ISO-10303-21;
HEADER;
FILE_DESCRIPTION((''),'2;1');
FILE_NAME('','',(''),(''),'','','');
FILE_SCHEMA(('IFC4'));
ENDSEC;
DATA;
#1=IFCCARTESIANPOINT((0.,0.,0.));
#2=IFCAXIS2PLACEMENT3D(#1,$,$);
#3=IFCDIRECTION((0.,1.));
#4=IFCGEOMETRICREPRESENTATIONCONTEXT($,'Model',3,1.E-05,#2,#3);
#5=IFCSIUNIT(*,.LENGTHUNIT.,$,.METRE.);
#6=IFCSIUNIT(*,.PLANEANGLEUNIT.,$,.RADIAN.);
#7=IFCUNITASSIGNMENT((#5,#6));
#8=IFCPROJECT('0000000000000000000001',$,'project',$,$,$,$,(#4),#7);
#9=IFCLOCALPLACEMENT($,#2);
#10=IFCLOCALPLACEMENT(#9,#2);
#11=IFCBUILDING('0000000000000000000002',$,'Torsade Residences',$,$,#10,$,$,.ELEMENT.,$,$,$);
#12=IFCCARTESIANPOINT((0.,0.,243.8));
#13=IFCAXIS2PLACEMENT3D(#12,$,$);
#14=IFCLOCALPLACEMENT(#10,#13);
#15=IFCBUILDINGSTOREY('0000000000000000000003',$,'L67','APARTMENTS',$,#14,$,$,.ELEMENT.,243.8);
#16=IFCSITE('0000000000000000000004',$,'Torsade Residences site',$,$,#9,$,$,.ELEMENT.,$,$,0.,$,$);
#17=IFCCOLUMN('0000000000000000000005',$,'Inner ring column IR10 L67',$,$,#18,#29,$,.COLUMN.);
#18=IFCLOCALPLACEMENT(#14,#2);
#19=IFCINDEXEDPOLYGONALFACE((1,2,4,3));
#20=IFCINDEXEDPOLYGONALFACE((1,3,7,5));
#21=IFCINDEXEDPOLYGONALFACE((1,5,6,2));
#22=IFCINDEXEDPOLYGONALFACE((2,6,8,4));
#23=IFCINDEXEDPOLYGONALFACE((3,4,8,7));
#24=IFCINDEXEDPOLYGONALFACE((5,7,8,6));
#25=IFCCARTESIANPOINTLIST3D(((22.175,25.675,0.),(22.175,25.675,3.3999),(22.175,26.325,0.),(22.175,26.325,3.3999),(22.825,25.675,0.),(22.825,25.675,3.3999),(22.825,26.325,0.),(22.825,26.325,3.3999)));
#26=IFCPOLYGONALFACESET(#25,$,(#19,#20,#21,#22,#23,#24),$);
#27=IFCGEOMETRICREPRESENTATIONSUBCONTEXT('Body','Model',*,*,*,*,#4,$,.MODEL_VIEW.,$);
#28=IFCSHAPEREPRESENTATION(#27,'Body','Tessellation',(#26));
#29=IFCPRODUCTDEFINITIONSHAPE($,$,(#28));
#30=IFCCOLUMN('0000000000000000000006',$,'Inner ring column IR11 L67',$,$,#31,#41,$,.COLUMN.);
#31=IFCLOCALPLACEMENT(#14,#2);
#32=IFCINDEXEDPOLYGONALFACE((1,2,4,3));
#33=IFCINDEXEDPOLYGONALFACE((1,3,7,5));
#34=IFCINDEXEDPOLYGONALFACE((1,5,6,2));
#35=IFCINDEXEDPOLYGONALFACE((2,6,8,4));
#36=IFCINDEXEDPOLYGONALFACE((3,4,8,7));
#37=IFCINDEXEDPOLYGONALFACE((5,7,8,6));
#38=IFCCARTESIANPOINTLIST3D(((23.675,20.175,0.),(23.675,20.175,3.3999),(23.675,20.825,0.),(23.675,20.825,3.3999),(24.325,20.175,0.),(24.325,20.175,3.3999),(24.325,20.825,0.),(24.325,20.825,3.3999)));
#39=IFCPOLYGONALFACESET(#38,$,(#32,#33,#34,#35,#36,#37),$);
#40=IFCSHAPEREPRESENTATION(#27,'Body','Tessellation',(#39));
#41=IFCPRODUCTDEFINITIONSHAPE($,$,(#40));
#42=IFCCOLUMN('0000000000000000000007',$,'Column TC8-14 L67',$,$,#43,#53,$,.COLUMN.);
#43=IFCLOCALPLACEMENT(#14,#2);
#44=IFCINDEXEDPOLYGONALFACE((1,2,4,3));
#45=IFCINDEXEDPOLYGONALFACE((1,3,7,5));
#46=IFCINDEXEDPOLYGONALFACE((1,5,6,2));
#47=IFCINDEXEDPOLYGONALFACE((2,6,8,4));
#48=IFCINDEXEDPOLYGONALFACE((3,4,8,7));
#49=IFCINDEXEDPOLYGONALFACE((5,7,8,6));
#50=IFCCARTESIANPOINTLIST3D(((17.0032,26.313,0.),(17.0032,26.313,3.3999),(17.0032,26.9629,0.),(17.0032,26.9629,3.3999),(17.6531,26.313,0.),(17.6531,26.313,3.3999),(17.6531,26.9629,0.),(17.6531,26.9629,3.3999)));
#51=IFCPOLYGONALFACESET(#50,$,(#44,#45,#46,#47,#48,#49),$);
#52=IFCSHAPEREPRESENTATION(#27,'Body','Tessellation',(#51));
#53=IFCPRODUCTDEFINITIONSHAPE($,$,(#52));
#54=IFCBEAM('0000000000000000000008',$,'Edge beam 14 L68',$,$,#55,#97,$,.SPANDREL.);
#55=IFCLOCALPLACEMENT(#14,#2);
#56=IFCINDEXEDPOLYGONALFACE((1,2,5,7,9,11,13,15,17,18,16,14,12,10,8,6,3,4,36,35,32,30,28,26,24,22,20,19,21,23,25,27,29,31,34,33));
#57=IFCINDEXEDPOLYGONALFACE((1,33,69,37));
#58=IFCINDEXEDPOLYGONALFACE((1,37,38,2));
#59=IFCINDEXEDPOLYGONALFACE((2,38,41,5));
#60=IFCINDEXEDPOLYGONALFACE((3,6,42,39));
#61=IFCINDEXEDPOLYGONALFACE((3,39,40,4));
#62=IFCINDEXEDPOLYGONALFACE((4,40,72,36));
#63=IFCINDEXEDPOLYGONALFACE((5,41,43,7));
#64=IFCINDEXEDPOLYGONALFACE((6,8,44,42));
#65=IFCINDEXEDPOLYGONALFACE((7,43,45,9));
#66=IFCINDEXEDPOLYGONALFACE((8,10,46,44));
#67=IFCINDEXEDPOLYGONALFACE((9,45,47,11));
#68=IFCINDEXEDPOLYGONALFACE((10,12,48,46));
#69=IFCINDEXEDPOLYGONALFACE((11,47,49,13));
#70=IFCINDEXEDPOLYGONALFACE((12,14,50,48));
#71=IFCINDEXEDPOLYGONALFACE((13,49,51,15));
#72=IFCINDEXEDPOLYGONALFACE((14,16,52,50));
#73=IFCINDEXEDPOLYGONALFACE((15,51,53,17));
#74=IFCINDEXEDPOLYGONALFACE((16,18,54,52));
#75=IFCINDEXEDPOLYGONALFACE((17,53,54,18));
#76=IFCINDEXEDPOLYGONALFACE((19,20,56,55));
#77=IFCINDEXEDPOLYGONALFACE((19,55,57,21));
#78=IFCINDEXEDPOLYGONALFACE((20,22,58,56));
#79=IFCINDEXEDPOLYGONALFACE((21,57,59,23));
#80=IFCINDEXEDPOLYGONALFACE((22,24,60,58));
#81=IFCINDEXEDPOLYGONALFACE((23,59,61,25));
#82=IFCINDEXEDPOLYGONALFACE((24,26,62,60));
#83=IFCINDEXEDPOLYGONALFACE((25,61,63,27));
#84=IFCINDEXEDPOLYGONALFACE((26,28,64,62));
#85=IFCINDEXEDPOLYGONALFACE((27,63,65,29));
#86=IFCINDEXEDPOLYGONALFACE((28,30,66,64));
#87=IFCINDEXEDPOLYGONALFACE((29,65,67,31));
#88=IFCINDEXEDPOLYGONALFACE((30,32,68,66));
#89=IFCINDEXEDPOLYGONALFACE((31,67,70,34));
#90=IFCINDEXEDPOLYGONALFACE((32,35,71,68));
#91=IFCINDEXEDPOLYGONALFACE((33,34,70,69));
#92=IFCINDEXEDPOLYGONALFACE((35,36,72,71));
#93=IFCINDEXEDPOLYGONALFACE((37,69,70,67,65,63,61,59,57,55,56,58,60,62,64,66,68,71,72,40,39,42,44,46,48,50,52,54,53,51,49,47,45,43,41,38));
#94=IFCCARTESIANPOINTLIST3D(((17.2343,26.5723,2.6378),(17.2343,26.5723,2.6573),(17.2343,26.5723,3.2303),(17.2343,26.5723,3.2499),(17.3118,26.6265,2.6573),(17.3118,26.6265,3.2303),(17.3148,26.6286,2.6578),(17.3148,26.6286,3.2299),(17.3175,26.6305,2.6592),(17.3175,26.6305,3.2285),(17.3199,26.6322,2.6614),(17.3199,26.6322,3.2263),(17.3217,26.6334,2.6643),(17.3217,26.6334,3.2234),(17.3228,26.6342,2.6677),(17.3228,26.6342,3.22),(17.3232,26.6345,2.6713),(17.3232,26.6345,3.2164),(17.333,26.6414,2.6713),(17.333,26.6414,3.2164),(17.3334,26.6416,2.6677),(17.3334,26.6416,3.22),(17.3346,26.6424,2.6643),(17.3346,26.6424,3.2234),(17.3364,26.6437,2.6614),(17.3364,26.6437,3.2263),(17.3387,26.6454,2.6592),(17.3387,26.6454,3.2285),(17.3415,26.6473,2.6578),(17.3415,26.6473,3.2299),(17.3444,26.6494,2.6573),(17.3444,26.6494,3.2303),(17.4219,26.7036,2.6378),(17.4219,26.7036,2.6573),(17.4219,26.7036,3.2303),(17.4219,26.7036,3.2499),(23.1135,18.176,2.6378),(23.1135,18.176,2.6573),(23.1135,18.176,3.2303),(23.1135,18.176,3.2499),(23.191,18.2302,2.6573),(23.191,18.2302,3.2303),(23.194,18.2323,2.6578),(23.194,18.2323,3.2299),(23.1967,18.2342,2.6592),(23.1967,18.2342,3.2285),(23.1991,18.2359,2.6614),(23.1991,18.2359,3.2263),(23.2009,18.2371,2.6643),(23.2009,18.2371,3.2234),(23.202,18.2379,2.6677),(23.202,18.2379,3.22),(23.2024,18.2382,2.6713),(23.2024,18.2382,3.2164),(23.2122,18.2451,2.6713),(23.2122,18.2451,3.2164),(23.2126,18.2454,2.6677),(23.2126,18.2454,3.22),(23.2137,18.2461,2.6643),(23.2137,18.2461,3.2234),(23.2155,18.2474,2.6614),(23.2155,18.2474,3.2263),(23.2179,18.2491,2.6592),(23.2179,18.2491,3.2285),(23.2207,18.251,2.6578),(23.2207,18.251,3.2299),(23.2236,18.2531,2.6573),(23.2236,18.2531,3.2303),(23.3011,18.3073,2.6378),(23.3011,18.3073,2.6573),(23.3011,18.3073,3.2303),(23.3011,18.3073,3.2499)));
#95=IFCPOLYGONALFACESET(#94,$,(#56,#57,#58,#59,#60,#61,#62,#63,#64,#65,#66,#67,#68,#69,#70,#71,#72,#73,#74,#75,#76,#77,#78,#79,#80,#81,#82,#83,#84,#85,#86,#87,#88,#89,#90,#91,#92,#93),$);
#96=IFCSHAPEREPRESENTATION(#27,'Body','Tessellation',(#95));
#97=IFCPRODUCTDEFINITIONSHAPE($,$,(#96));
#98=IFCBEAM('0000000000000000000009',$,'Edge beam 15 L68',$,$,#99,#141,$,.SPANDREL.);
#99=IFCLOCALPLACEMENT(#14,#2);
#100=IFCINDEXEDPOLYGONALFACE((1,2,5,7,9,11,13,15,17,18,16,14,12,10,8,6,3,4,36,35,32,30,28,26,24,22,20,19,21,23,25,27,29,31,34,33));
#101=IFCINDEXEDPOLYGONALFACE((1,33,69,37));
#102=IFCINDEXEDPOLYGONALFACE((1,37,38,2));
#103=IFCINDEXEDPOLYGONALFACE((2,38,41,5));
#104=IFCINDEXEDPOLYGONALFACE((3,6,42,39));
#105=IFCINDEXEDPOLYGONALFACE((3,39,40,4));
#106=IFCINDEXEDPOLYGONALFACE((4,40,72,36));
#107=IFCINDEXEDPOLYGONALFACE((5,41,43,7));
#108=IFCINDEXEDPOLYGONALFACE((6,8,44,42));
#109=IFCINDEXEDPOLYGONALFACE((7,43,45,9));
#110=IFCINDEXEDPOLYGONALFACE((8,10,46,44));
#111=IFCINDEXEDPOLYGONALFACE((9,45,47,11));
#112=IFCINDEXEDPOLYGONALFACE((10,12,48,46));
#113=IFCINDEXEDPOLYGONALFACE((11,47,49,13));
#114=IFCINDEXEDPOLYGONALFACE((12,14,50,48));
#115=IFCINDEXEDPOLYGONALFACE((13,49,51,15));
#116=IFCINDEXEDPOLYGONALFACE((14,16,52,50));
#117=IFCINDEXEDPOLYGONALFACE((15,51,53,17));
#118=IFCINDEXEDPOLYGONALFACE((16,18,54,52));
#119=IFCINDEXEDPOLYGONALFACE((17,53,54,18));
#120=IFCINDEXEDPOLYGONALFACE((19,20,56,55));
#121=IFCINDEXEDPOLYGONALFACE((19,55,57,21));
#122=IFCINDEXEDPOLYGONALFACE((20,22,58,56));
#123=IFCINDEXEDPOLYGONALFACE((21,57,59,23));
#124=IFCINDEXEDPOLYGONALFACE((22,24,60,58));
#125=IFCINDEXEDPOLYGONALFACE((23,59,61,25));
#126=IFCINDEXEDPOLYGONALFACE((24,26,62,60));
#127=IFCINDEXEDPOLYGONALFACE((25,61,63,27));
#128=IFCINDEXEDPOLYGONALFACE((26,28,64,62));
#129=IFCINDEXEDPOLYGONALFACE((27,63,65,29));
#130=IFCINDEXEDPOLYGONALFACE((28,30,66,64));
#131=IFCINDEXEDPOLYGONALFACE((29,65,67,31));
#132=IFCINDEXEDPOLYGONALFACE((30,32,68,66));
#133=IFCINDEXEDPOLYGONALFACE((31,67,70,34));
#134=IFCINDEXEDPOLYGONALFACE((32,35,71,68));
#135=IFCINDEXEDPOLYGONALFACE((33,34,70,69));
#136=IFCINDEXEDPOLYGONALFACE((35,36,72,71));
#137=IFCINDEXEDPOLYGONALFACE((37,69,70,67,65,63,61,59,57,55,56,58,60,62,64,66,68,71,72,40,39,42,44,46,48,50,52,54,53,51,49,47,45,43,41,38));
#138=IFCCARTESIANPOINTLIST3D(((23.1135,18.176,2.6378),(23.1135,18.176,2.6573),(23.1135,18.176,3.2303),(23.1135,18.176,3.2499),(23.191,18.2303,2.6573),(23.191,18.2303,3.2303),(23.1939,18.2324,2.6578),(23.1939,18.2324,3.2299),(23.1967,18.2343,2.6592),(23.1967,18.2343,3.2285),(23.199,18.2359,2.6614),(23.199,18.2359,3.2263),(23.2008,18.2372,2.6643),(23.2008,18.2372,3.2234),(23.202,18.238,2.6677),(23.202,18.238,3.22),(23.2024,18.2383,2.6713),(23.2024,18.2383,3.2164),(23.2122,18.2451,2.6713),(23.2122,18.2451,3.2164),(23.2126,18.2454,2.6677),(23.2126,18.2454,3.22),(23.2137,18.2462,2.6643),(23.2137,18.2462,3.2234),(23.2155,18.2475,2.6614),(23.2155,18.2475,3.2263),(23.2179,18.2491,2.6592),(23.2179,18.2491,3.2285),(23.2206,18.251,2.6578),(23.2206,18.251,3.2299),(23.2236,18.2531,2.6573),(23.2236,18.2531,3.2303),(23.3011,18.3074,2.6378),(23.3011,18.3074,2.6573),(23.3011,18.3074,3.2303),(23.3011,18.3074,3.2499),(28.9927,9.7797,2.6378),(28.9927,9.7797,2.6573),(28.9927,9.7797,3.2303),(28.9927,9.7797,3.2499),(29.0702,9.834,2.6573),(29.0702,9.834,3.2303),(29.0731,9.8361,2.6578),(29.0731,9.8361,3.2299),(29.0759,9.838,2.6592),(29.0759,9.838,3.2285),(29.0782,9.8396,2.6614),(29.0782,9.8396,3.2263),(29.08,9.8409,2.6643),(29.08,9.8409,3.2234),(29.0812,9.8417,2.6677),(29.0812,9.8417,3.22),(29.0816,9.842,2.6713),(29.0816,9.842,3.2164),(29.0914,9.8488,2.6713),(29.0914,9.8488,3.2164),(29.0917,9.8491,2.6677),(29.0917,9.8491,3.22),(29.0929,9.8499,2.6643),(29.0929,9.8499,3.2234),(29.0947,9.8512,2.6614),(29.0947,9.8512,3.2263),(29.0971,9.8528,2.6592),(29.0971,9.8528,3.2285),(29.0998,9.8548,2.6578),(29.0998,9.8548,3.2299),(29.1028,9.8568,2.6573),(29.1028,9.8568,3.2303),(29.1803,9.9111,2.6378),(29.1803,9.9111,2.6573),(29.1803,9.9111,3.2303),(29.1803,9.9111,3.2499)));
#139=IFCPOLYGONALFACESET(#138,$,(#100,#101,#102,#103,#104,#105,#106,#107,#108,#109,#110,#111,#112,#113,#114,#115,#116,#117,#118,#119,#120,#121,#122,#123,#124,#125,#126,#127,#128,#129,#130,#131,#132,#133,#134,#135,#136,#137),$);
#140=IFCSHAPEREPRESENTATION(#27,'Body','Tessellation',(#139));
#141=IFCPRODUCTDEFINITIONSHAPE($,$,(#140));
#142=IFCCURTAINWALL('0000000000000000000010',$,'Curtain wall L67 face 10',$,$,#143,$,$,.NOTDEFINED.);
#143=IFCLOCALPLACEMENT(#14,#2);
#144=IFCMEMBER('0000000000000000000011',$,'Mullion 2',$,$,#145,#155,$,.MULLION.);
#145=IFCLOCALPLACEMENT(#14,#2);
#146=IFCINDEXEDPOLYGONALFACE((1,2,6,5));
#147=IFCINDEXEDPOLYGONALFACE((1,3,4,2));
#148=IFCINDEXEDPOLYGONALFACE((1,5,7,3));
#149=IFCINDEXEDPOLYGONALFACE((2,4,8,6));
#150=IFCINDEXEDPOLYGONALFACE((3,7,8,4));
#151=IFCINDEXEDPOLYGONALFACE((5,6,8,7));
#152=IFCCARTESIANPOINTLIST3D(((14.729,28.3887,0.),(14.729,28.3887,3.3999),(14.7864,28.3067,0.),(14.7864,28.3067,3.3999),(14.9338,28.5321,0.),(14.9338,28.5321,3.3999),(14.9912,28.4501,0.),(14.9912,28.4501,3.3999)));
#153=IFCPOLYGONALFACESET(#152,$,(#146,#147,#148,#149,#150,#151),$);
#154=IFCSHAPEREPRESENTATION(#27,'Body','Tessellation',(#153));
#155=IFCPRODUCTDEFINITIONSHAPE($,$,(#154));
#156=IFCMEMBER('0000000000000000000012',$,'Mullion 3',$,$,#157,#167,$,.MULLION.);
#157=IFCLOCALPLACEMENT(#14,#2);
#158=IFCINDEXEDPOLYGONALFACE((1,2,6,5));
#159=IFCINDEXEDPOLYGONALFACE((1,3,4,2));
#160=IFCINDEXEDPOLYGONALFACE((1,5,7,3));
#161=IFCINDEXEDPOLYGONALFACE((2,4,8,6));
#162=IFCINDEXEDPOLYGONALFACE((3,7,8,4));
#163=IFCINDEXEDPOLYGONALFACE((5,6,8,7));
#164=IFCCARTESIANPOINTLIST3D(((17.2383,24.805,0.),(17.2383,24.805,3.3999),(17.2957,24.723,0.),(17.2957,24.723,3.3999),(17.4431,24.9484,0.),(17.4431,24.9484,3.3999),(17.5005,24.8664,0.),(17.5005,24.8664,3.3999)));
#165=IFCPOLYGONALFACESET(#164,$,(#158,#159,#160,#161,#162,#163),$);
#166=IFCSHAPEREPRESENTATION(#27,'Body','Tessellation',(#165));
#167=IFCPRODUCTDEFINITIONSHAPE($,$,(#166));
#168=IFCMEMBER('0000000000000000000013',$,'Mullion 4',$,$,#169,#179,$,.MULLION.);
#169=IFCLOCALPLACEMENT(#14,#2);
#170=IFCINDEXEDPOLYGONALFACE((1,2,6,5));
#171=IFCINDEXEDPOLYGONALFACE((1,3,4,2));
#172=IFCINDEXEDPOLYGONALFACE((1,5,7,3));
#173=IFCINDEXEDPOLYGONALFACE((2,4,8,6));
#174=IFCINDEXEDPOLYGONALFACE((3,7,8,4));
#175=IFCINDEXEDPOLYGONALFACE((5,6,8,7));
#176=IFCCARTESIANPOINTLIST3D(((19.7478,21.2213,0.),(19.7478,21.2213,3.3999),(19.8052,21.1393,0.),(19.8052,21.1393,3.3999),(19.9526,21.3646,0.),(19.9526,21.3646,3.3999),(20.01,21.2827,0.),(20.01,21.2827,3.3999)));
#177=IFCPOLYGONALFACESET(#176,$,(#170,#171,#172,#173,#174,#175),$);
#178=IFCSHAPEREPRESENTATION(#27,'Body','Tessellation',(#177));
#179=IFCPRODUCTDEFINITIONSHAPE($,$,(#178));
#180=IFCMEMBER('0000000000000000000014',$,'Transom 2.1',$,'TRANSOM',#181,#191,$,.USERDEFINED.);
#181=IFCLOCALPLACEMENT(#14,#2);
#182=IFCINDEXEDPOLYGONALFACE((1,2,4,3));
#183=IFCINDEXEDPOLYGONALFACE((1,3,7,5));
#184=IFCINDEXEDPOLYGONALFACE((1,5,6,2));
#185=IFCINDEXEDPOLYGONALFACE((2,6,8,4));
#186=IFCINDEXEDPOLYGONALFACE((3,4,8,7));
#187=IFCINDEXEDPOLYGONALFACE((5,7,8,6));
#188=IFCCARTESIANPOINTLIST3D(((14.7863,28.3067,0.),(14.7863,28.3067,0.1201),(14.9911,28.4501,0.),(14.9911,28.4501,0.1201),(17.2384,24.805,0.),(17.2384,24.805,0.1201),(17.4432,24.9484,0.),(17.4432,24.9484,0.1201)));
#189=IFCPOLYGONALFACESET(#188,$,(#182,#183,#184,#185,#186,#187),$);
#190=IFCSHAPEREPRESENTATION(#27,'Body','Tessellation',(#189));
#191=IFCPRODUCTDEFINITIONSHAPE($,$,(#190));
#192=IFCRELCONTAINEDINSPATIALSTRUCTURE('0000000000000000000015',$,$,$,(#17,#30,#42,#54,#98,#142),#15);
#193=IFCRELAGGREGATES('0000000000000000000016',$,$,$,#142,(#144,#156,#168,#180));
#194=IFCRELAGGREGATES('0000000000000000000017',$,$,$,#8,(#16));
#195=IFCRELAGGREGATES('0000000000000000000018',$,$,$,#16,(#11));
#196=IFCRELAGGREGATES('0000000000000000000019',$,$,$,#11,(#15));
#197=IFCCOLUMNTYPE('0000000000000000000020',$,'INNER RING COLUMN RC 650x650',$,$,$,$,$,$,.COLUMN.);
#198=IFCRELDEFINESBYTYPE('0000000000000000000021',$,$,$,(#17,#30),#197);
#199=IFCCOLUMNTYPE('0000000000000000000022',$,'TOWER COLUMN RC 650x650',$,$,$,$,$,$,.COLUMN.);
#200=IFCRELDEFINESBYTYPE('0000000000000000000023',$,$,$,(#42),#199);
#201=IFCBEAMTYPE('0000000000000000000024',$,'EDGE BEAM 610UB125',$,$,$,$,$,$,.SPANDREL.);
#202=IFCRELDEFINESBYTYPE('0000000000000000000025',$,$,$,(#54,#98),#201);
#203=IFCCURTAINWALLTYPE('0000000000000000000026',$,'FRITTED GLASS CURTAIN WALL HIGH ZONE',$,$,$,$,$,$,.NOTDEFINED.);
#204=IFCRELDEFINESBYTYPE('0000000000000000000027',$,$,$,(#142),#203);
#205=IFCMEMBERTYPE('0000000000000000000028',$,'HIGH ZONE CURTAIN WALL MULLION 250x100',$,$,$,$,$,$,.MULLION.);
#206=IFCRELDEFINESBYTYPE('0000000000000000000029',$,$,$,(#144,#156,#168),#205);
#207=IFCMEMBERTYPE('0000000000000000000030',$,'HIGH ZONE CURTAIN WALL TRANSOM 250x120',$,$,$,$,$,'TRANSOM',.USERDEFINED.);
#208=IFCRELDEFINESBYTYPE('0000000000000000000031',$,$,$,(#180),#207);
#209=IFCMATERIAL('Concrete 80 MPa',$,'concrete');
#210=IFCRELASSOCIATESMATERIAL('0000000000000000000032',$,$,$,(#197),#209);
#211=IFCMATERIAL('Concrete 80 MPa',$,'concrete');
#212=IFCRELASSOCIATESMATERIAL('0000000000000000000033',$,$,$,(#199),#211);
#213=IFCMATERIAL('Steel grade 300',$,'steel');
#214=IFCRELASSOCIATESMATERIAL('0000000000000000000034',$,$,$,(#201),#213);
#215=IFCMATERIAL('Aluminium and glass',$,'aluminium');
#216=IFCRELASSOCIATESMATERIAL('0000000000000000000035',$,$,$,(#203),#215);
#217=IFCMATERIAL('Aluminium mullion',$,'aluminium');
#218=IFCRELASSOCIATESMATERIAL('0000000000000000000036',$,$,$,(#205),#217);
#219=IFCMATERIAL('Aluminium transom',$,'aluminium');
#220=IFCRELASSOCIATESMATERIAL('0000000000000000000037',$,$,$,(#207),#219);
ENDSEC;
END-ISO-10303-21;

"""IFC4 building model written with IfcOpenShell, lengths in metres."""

from ifc_helpers import new_model, si_unit, direction, frame, origin, origin_2d, place, context, subcontext, project, spatial, rectangle, i_section, extrude, material, material_profile, profile_set, type_object, element, aggregate, save


model = new_model("IFC4")

# Units and contexts
model_context = context("Model", 3, precision=1e-05, world=origin(), true_north=direction((0.0, 1.0)))
body_context = subcontext(model_context, "Body", "Model", "MODEL_VIEW")
ifc_project = project(units=[si_unit("LENGTHUNIT", "METRE"), si_unit("PLANEANGLEUNIT", "RADIAN")], contexts=[model_context])

# Site, building, storey
site_placement = place(None, origin())
site = spatial("IfcSite", under=ifc_project, at=site_placement, Name="Torsade Residences site", CompositionType="ELEMENT", RefElevation=0.0)
building_placement = place(site_placement, origin())
building = spatial("IfcBuilding", under=site, at=building_placement, Name="Torsade Residences", CompositionType="ELEMENT")
storey_placement = place(building_placement, frame((0.0, 0.0, 243.8)))
storey = spatial("IfcBuildingStorey", under=building, at=storey_placement, Name="L67", Description="APARTMENTS", CompositionType="ELEMENT", Elevation=243.8)

# Columns
ifc_material_1 = material(Name="Concrete 80 MPa", Category="concrete")
ifc_material_profile_1 = material_profile(ifc_material_1, rectangle(XDim=0.6499, YDim=0.6499, at=origin_2d()), Name="RC 650x650")
ifc_profile_set_1 = profile_set([ifc_material_profile_1], Name="Concrete 80 MPa")
column_type_1 = type_object("IfcColumnType", Name="INNER RING COLUMN RC 650x650", PredefinedType="COLUMN", material=ifc_profile_set_1)
for number, where, z_axis, x_axis, name in (
    (1, (22.5, 26.0, 0.0), (0.0, 0.0, 1.0), (1.0, 0.0, 0.0), "Inner ring column IR10 L67"),
    (2, (24.0, 20.5, 0.0), (0.0, 0.0, 1.0), (1.0, 0.0, 0.0), "Inner ring column IR11 L67"),
):
    element("IfcColumn", number, at=place(storey_placement, frame(where, z_axis=z_axis, x_axis=x_axis)), inside=storey, type_object=column_type_1, Name=name, PredefinedType="COLUMN", context=body_context, shape_type="SweptSolid", body=[
        extrude(rectangle(XDim=0.6499, YDim=0.6499, at=origin_2d()), origin(), (0.0, 0.0, 1.0), 3.3999),
    ])
ifc_material_2 = material(Name="Concrete 80 MPa", Category="concrete")
ifc_material_profile_2 = material_profile(ifc_material_2, rectangle(XDim=0.6499, YDim=0.6499, at=origin_2d()), Name="RC 650x650")
ifc_profile_set_2 = profile_set([ifc_material_profile_2], Name="Concrete 80 MPa")
column_type_2 = type_object("IfcColumnType", Name="TOWER COLUMN RC 650x650", PredefinedType="COLUMN", material=ifc_profile_set_2)
column_placement = place(storey_placement, frame((17.3281, 26.6379, 0.0), z_axis=(0.0, 0.0, 1.0), x_axis=(1.0, 0.0, 0.0)))
element("IfcColumn", 3, at=column_placement, inside=storey, type_object=column_type_2, Name="Column TC8-14 L67", PredefinedType="COLUMN", context=body_context, shape_type="SweptSolid", body=[
    extrude(rectangle(XDim=0.6499, YDim=0.6499, at=origin_2d()), origin(), (0.0, 0.0, 1.0), 3.3999),
])

# Beams
ifc_material_3 = material(Name="Steel grade 300", Category="steel")
ifc_material_profile_3 = material_profile(ifc_material_3, i_section(OverallWidth=0.229, OverallDepth=0.6121, WebThickness=0.012, FlangeThickness=0.0195, FilletRadius=0.0139, at=origin_2d()), Name="610UB125")
ifc_profile_set_3 = profile_set([ifc_material_profile_3], Name="Steel grade 300")
beam_type_1 = type_object("IfcBeamType", Name="EDGE BEAM 610UB125", PredefinedType="SPANDREL", material=ifc_profile_set_3)
for number, where, z_axis, x_axis, name in (
    (4, (17.3281, 26.6379, 2.9438), (0.573579, -0.81915, 0.0), (0.81915, 0.573579, 0.0), "Edge beam 14 L68"),
    (5, (23.2073, 18.2417, 2.9438), (0.573579, -0.81915, 0.0), (0.81915, 0.573579, 0.0), "Edge beam 15 L68"),
):
    element("IfcBeam", number, at=place(storey_placement, frame(where, z_axis=z_axis, x_axis=x_axis)), inside=storey, type_object=beam_type_1, Name=name, PredefinedType="SPANDREL", context=body_context, shape_type="SweptSolid", body=[
        extrude(i_section(OverallWidth=0.229, OverallDepth=0.6121, WebThickness=0.012, FlangeThickness=0.0195, FilletRadius=0.0139, at=origin_2d()), origin(), (0.0, 0.0, 1.0), 10.25),
    ])

# Curtain wall, members
ifc_material_4 = material(Name="Aluminium and glass", Category="aluminium")
curtain_wall_type = type_object("IfcCurtainWallType", Name="FRITTED GLASS CURTAIN WALL HIGH ZONE", PredefinedType="NOTDEFINED", material=ifc_material_4)
curtain_wall_placement = place(storey_placement, origin())
curtain_wall = element("IfcCurtainWall", 6, at=curtain_wall_placement, inside=storey, type_object=curtain_wall_type, Name="Curtain wall L67 face 10", PredefinedType="NOTDEFINED")
ifc_material_5 = material(Name="Aluminium mullion", Category="aluminium")
ifc_material_profile_4 = material_profile(ifc_material_5, rectangle(XDim=0.25, YDim=0.1001, at=origin_2d()), Name="HIGH ZONE CURTAIN WALL MULLION 250x100")
ifc_profile_set_4 = profile_set([ifc_material_profile_4], Name="Aluminium mullion")
member_type_1 = type_object("IfcMemberType", Name="HIGH ZONE CURTAIN WALL MULLION 250x100", PredefinedType="MULLION", material=ifc_profile_set_4)
member_1_placement = place(storey_placement, frame((14.8601, 28.4194, 0.0), z_axis=(0.0, 0.0, 1.0), x_axis=(0.819152, 0.573576, 0.0)))
member_1 = element("IfcMember", 7, at=member_1_placement, type_object=member_type_1, Name="Mullion 2", PredefinedType="MULLION", context=body_context, shape_type="SweptSolid", body=[
    extrude(rectangle(XDim=0.25, YDim=0.1001, at=origin_2d()), origin(), (0.0, 0.0, 1.0), 3.3999),
])
member_2_placement = place(storey_placement, frame((17.3694, 24.8357, 0.0), z_axis=(0.0, 0.0, 1.0), x_axis=(0.819152, 0.573576, 0.0)))
member_2 = element("IfcMember", 8, at=member_2_placement, type_object=member_type_1, Name="Mullion 3", PredefinedType="MULLION", context=body_context, shape_type="SweptSolid", body=[
    extrude(rectangle(XDim=0.25, YDim=0.1001, at=origin_2d()), origin(), (0.0, 0.0, 1.0), 3.3999),
])
member_3_placement = place(storey_placement, frame((19.8789, 21.252, 0.0), z_axis=(0.0, 0.0, 1.0), x_axis=(0.819152, 0.573576, 0.0)))
member_3 = element("IfcMember", 9, at=member_3_placement, type_object=member_type_1, Name="Mullion 4", PredefinedType="MULLION", context=body_context, shape_type="SweptSolid", body=[
    extrude(rectangle(XDim=0.25, YDim=0.1001, at=origin_2d()), origin(), (0.0, 0.0, 1.0), 3.3999),
])
ifc_material_6 = material(Name="Aluminium transom", Category="aluminium")
ifc_material_profile_5 = material_profile(ifc_material_6, rectangle(XDim=0.25, YDim=0.1201, at=origin_2d()), Name="HIGH ZONE CURTAIN WALL TRANSOM 250x120")
ifc_profile_set_5 = profile_set([ifc_material_profile_5], Name="Aluminium transom")
member_type_2 = type_object("IfcMemberType", Name="HIGH ZONE CURTAIN WALL TRANSOM 250x120", ElementType="TRANSOM", PredefinedType="USERDEFINED", material=ifc_profile_set_5)
member_4_placement = place(storey_placement, frame((14.8887, 28.3784, 0.0601), z_axis=(0.573612, -0.819127, 0.0), x_axis=(0.819127, 0.573612, 0.0)))
member_4 = element("IfcMember", 10, at=member_4_placement, type_object=member_type_2, Name="Transom 2.1", ObjectType="TRANSOM", PredefinedType="USERDEFINED", context=body_context, shape_type="SweptSolid", body=[
    extrude(rectangle(XDim=0.25, YDim=0.1201, at=origin_2d()), origin(), (0.0, 0.0, 1.0), 4.2749),
])

aggregate(curtain_wall, [member_1, member_2, member_3, member_4])

save(model, "model.ifc")
